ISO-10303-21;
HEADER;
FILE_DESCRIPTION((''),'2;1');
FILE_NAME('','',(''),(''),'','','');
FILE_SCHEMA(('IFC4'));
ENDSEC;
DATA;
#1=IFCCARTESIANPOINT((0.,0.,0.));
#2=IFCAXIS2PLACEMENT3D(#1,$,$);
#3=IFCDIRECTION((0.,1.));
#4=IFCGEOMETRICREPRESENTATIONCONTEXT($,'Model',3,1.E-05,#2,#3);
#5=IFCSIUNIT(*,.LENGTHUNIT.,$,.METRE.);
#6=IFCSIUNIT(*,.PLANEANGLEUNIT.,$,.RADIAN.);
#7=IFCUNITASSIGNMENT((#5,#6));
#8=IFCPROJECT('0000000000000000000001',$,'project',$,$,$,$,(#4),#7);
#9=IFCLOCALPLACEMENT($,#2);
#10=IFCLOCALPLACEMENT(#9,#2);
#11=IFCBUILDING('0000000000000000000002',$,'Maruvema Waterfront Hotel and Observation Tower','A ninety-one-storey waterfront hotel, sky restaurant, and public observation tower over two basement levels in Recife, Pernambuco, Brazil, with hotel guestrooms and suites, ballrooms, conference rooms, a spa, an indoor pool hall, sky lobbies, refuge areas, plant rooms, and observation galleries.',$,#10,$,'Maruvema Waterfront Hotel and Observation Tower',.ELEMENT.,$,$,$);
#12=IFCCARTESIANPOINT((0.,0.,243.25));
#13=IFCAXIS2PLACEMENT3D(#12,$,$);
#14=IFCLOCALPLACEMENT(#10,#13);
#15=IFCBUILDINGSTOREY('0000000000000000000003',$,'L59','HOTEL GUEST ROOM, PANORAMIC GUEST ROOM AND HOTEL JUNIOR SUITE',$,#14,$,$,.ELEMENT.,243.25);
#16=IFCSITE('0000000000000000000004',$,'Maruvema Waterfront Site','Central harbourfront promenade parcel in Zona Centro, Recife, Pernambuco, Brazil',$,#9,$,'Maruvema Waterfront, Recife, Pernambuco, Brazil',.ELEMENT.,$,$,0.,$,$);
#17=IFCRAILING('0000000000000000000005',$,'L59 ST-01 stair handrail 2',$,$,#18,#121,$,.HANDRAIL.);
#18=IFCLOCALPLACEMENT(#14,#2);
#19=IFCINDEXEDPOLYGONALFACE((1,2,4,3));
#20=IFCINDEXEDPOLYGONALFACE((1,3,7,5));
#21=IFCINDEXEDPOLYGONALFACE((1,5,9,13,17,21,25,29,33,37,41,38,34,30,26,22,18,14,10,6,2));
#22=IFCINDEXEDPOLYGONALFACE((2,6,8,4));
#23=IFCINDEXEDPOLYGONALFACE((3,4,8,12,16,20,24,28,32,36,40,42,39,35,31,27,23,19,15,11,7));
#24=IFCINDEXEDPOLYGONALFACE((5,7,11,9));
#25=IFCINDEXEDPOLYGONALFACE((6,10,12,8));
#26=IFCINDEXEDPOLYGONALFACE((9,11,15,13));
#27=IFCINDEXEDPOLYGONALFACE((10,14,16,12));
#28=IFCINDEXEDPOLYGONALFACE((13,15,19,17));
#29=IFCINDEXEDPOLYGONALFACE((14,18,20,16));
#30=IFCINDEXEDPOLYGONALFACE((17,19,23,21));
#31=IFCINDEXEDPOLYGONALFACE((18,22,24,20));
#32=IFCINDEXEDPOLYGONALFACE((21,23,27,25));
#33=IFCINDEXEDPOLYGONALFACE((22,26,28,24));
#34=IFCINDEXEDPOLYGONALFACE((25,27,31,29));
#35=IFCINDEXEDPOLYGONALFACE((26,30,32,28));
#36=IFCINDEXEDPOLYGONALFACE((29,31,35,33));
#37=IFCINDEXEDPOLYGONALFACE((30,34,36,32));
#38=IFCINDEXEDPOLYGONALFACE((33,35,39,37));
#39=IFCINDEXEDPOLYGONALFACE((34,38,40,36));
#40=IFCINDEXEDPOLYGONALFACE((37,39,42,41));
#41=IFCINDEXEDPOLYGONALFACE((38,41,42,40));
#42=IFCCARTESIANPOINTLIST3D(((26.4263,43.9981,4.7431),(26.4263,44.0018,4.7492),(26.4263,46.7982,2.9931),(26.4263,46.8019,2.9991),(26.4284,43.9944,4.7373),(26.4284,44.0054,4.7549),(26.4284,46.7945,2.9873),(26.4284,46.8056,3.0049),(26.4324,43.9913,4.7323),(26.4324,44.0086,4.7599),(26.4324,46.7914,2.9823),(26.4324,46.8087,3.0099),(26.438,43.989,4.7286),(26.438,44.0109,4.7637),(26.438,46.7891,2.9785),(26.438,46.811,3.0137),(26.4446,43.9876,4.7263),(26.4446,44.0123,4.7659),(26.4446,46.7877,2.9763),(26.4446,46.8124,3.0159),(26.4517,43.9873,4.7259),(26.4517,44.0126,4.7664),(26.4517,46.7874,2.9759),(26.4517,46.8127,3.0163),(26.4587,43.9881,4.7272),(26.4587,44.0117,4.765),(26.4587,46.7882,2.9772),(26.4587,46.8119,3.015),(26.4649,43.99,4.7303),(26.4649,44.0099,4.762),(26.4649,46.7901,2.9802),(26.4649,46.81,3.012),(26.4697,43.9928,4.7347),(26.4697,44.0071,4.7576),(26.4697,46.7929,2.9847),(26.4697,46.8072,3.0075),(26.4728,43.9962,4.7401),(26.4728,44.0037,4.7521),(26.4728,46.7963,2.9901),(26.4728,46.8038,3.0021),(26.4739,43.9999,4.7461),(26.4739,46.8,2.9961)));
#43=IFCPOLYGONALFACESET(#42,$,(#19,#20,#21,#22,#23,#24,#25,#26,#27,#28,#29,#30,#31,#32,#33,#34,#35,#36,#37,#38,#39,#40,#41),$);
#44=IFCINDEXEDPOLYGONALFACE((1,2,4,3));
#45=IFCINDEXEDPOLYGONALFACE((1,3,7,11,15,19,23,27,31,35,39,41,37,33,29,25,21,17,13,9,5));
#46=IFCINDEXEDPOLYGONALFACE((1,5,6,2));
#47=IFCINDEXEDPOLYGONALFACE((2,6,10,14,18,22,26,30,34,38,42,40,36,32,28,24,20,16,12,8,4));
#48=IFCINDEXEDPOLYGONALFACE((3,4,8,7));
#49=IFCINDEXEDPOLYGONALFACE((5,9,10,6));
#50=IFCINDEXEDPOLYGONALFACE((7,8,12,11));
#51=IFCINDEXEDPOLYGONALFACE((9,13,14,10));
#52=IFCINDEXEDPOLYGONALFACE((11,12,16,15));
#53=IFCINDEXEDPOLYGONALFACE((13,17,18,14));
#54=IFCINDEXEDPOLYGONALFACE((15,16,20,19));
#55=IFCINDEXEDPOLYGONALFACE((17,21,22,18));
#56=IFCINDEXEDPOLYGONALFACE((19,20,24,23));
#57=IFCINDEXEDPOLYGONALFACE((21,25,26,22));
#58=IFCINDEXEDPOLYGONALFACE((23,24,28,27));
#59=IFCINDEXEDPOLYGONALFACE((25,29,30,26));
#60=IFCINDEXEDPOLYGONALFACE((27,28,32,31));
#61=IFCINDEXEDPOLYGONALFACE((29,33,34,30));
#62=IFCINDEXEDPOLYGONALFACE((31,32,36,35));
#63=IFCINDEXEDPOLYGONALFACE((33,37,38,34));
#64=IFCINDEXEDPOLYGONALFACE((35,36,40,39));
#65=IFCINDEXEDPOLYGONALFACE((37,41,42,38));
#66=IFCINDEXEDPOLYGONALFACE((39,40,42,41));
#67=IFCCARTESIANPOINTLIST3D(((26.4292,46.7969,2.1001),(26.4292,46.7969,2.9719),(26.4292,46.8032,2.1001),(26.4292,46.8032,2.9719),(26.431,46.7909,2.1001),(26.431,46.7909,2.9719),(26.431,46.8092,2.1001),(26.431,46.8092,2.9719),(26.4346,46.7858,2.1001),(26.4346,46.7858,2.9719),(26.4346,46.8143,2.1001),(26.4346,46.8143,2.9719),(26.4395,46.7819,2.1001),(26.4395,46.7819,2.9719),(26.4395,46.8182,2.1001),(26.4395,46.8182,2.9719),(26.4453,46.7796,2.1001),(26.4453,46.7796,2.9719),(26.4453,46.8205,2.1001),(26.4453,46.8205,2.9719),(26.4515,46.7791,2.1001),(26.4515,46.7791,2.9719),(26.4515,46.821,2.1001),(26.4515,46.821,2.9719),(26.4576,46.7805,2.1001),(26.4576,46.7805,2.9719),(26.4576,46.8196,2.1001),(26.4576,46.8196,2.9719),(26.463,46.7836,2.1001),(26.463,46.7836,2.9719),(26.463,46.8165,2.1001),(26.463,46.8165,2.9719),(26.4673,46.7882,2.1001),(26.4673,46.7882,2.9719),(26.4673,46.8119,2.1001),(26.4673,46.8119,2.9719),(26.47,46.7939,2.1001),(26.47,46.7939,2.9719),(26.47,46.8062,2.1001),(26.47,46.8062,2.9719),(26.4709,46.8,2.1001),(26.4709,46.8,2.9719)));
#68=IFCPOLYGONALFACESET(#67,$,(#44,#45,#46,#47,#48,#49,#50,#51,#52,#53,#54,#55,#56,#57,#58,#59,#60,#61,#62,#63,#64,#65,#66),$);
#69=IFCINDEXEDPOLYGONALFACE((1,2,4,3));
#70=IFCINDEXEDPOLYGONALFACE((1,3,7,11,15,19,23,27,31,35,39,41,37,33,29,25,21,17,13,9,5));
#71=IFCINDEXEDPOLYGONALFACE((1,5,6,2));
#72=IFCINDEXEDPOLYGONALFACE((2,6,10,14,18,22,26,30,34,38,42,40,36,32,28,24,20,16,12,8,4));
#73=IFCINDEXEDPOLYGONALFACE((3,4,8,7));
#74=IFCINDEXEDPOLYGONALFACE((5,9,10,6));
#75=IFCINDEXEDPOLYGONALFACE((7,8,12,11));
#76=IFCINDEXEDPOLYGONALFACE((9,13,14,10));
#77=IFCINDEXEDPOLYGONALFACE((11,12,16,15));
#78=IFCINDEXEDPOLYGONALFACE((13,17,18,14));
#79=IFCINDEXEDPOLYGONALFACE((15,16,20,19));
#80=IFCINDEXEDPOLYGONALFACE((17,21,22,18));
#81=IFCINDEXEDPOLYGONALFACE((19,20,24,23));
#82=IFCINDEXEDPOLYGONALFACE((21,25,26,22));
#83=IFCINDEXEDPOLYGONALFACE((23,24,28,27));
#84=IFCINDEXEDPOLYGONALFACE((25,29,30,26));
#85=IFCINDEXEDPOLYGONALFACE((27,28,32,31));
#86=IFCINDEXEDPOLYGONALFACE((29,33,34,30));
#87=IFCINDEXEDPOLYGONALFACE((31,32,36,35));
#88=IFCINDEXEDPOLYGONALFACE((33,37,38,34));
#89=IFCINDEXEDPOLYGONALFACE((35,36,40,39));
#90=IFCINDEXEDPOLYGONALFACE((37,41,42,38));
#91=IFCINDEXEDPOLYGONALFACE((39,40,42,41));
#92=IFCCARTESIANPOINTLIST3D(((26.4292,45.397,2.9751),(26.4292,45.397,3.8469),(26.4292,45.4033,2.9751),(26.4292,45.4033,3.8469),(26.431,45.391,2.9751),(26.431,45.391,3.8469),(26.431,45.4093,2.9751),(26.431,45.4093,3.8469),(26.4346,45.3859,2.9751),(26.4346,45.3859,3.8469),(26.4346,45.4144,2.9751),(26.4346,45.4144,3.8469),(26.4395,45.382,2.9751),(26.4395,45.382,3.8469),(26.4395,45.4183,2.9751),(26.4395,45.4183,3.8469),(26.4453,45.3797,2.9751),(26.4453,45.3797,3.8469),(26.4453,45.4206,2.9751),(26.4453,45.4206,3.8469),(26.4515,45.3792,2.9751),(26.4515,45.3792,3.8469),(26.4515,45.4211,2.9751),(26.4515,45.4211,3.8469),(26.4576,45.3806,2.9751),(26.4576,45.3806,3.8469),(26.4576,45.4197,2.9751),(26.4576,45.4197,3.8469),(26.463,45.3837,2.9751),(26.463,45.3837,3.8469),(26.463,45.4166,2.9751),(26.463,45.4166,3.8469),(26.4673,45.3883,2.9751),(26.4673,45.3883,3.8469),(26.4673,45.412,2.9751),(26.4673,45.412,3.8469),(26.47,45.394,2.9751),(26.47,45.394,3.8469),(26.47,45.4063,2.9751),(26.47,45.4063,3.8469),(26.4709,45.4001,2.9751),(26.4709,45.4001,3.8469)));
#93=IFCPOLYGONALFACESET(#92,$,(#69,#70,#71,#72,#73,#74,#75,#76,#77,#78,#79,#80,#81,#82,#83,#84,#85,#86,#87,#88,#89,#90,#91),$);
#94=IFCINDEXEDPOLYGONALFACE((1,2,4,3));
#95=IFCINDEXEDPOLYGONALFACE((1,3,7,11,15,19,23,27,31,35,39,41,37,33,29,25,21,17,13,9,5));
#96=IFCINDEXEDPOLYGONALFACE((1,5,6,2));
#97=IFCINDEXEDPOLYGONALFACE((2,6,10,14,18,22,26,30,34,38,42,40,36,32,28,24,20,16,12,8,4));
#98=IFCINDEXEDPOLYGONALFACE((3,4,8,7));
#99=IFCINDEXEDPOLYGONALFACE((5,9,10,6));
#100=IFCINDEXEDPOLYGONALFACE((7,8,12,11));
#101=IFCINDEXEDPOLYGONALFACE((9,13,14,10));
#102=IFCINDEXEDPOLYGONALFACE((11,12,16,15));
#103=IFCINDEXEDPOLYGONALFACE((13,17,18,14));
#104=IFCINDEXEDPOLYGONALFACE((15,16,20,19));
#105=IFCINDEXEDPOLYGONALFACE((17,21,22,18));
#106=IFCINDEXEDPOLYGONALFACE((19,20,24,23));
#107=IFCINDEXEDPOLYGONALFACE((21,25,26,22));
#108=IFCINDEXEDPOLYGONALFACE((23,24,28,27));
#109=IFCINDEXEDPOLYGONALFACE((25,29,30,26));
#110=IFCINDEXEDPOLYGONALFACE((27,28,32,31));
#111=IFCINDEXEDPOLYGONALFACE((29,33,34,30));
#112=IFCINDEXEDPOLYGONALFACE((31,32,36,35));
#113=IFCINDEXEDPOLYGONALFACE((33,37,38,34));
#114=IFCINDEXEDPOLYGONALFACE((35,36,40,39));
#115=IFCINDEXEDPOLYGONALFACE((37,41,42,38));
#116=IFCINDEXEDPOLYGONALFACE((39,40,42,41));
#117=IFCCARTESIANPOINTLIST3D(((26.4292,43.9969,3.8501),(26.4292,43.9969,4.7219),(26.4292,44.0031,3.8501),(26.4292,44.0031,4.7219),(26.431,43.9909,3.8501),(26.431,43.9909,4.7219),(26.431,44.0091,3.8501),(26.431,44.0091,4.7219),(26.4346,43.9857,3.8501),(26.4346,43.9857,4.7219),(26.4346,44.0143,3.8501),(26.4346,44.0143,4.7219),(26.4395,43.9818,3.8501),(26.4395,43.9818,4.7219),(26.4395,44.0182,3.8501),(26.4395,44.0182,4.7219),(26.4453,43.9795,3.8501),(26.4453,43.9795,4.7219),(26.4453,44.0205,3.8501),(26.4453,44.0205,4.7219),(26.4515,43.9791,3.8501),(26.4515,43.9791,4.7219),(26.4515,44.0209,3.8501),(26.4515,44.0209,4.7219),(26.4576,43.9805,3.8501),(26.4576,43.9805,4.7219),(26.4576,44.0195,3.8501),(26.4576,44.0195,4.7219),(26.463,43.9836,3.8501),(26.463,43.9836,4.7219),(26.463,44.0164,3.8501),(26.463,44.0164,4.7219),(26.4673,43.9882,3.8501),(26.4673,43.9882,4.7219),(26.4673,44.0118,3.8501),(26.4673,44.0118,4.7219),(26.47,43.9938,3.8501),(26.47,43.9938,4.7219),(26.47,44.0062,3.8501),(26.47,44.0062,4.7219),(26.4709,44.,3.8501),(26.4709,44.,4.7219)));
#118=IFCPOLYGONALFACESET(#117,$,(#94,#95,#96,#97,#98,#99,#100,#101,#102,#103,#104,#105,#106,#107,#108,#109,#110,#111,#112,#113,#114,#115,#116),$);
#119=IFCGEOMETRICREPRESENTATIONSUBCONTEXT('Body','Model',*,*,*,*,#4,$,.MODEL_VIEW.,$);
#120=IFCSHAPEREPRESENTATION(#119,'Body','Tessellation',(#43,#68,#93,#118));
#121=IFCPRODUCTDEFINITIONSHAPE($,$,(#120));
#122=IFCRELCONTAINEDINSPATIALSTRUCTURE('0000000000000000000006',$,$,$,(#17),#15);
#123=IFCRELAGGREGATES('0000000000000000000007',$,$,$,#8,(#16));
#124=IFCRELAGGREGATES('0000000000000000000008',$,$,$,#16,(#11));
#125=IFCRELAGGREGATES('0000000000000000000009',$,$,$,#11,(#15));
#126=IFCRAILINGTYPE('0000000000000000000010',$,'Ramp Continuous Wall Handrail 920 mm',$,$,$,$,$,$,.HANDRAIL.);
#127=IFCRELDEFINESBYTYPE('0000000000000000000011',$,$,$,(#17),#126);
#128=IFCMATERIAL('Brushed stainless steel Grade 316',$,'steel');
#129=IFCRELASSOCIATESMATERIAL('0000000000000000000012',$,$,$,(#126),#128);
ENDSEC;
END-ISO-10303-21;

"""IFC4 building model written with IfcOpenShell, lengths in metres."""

from ifc_helpers import new_model, si_unit, direction, frame, origin, origin_2d, place, context, subcontext, project, spatial, circle, extrude, material, type_object, element, save


model = new_model("IFC4")

# Units and contexts
model_context = context("Model", 3, precision=1e-05, world=origin(), true_north=direction((0.0, 1.0)))
body_context = subcontext(model_context, "Body", "Model", "MODEL_VIEW")
ifc_project = project(units=[si_unit("LENGTHUNIT", "METRE"), si_unit("PLANEANGLEUNIT", "RADIAN")], contexts=[model_context])

# Site, building, storey
site_placement = place(None, origin())
site = spatial("IfcSite", under=ifc_project, at=site_placement, Name="Maruvema Waterfront Site", Description="Central harbourfront promenade parcel in Zona Centro, Recife, Pernambuco, Brazil", LongName="Maruvema Waterfront, Recife, Pernambuco, Brazil", CompositionType="ELEMENT", RefElevation=0.0)
building_placement = place(site_placement, origin())
building = spatial("IfcBuilding", under=site, at=building_placement, Name="Maruvema Waterfront Hotel and Observation Tower", Description="A ninety-one-storey waterfront hotel, sky restaurant, and public observation tower over two basement levels in Recife, Pernambuco, Brazil, with hotel guestrooms and suites, ballrooms, conference rooms, a spa, an indoor pool hall, sky lobbies, refuge areas, plant rooms, and observation galleries.", LongName="Maruvema Waterfront Hotel and Observation Tower", CompositionType="ELEMENT")
storey_placement = place(building_placement, frame((0.0, 0.0, 243.25)))
storey = spatial("IfcBuildingStorey", under=building, at=storey_placement, Name="L59", Description="HOTEL GUEST ROOM, PANORAMIC GUEST ROOM AND HOTEL JUNIOR SUITE", CompositionType="ELEMENT", Elevation=243.25)

# Railing
ifc_material_1 = material(Name="Brushed stainless steel Grade 316", Category="steel")
railing_type_1 = type_object("IfcRailingType", Name="Ramp Continuous Wall Handrail 920 mm", PredefinedType="HANDRAIL", material=ifc_material_1)
railing_1_placement = place(storey_placement, frame((26.45, 46.8, 2.1001)))
element("IfcRailing", 1, at=railing_1_placement, inside=storey, type_object=railing_type_1, Name="L59 ST-01 stair handrail 2", PredefinedType="HANDRAIL", context=body_context, shape_type="SweptSolid", body=[
    extrude(circle(Radius=0.0239, at=origin_2d()), frame((0.0, 0.0, 0.896), z_axis=(0.0, -0.848002, 0.529992), x_axis=(1.0, 0.0, 0.0)), (0.0, 0.0, 1.0), 3.302),
    extrude(circle(Radius=0.021, at=origin_2d()), origin(), (0.0, 0.0, 1.0), 0.8718),
    extrude(circle(Radius=0.021, at=origin_2d()), frame((0.0, -1.3999, 0.875)), (0.0, 0.0, 1.0), 0.8718),
    extrude(circle(Radius=0.021, at=origin_2d()), frame((0.0, -2.8, 1.75)), (0.0, 0.0, 1.0), 0.8718),
])

save(model, "model.ifc")
